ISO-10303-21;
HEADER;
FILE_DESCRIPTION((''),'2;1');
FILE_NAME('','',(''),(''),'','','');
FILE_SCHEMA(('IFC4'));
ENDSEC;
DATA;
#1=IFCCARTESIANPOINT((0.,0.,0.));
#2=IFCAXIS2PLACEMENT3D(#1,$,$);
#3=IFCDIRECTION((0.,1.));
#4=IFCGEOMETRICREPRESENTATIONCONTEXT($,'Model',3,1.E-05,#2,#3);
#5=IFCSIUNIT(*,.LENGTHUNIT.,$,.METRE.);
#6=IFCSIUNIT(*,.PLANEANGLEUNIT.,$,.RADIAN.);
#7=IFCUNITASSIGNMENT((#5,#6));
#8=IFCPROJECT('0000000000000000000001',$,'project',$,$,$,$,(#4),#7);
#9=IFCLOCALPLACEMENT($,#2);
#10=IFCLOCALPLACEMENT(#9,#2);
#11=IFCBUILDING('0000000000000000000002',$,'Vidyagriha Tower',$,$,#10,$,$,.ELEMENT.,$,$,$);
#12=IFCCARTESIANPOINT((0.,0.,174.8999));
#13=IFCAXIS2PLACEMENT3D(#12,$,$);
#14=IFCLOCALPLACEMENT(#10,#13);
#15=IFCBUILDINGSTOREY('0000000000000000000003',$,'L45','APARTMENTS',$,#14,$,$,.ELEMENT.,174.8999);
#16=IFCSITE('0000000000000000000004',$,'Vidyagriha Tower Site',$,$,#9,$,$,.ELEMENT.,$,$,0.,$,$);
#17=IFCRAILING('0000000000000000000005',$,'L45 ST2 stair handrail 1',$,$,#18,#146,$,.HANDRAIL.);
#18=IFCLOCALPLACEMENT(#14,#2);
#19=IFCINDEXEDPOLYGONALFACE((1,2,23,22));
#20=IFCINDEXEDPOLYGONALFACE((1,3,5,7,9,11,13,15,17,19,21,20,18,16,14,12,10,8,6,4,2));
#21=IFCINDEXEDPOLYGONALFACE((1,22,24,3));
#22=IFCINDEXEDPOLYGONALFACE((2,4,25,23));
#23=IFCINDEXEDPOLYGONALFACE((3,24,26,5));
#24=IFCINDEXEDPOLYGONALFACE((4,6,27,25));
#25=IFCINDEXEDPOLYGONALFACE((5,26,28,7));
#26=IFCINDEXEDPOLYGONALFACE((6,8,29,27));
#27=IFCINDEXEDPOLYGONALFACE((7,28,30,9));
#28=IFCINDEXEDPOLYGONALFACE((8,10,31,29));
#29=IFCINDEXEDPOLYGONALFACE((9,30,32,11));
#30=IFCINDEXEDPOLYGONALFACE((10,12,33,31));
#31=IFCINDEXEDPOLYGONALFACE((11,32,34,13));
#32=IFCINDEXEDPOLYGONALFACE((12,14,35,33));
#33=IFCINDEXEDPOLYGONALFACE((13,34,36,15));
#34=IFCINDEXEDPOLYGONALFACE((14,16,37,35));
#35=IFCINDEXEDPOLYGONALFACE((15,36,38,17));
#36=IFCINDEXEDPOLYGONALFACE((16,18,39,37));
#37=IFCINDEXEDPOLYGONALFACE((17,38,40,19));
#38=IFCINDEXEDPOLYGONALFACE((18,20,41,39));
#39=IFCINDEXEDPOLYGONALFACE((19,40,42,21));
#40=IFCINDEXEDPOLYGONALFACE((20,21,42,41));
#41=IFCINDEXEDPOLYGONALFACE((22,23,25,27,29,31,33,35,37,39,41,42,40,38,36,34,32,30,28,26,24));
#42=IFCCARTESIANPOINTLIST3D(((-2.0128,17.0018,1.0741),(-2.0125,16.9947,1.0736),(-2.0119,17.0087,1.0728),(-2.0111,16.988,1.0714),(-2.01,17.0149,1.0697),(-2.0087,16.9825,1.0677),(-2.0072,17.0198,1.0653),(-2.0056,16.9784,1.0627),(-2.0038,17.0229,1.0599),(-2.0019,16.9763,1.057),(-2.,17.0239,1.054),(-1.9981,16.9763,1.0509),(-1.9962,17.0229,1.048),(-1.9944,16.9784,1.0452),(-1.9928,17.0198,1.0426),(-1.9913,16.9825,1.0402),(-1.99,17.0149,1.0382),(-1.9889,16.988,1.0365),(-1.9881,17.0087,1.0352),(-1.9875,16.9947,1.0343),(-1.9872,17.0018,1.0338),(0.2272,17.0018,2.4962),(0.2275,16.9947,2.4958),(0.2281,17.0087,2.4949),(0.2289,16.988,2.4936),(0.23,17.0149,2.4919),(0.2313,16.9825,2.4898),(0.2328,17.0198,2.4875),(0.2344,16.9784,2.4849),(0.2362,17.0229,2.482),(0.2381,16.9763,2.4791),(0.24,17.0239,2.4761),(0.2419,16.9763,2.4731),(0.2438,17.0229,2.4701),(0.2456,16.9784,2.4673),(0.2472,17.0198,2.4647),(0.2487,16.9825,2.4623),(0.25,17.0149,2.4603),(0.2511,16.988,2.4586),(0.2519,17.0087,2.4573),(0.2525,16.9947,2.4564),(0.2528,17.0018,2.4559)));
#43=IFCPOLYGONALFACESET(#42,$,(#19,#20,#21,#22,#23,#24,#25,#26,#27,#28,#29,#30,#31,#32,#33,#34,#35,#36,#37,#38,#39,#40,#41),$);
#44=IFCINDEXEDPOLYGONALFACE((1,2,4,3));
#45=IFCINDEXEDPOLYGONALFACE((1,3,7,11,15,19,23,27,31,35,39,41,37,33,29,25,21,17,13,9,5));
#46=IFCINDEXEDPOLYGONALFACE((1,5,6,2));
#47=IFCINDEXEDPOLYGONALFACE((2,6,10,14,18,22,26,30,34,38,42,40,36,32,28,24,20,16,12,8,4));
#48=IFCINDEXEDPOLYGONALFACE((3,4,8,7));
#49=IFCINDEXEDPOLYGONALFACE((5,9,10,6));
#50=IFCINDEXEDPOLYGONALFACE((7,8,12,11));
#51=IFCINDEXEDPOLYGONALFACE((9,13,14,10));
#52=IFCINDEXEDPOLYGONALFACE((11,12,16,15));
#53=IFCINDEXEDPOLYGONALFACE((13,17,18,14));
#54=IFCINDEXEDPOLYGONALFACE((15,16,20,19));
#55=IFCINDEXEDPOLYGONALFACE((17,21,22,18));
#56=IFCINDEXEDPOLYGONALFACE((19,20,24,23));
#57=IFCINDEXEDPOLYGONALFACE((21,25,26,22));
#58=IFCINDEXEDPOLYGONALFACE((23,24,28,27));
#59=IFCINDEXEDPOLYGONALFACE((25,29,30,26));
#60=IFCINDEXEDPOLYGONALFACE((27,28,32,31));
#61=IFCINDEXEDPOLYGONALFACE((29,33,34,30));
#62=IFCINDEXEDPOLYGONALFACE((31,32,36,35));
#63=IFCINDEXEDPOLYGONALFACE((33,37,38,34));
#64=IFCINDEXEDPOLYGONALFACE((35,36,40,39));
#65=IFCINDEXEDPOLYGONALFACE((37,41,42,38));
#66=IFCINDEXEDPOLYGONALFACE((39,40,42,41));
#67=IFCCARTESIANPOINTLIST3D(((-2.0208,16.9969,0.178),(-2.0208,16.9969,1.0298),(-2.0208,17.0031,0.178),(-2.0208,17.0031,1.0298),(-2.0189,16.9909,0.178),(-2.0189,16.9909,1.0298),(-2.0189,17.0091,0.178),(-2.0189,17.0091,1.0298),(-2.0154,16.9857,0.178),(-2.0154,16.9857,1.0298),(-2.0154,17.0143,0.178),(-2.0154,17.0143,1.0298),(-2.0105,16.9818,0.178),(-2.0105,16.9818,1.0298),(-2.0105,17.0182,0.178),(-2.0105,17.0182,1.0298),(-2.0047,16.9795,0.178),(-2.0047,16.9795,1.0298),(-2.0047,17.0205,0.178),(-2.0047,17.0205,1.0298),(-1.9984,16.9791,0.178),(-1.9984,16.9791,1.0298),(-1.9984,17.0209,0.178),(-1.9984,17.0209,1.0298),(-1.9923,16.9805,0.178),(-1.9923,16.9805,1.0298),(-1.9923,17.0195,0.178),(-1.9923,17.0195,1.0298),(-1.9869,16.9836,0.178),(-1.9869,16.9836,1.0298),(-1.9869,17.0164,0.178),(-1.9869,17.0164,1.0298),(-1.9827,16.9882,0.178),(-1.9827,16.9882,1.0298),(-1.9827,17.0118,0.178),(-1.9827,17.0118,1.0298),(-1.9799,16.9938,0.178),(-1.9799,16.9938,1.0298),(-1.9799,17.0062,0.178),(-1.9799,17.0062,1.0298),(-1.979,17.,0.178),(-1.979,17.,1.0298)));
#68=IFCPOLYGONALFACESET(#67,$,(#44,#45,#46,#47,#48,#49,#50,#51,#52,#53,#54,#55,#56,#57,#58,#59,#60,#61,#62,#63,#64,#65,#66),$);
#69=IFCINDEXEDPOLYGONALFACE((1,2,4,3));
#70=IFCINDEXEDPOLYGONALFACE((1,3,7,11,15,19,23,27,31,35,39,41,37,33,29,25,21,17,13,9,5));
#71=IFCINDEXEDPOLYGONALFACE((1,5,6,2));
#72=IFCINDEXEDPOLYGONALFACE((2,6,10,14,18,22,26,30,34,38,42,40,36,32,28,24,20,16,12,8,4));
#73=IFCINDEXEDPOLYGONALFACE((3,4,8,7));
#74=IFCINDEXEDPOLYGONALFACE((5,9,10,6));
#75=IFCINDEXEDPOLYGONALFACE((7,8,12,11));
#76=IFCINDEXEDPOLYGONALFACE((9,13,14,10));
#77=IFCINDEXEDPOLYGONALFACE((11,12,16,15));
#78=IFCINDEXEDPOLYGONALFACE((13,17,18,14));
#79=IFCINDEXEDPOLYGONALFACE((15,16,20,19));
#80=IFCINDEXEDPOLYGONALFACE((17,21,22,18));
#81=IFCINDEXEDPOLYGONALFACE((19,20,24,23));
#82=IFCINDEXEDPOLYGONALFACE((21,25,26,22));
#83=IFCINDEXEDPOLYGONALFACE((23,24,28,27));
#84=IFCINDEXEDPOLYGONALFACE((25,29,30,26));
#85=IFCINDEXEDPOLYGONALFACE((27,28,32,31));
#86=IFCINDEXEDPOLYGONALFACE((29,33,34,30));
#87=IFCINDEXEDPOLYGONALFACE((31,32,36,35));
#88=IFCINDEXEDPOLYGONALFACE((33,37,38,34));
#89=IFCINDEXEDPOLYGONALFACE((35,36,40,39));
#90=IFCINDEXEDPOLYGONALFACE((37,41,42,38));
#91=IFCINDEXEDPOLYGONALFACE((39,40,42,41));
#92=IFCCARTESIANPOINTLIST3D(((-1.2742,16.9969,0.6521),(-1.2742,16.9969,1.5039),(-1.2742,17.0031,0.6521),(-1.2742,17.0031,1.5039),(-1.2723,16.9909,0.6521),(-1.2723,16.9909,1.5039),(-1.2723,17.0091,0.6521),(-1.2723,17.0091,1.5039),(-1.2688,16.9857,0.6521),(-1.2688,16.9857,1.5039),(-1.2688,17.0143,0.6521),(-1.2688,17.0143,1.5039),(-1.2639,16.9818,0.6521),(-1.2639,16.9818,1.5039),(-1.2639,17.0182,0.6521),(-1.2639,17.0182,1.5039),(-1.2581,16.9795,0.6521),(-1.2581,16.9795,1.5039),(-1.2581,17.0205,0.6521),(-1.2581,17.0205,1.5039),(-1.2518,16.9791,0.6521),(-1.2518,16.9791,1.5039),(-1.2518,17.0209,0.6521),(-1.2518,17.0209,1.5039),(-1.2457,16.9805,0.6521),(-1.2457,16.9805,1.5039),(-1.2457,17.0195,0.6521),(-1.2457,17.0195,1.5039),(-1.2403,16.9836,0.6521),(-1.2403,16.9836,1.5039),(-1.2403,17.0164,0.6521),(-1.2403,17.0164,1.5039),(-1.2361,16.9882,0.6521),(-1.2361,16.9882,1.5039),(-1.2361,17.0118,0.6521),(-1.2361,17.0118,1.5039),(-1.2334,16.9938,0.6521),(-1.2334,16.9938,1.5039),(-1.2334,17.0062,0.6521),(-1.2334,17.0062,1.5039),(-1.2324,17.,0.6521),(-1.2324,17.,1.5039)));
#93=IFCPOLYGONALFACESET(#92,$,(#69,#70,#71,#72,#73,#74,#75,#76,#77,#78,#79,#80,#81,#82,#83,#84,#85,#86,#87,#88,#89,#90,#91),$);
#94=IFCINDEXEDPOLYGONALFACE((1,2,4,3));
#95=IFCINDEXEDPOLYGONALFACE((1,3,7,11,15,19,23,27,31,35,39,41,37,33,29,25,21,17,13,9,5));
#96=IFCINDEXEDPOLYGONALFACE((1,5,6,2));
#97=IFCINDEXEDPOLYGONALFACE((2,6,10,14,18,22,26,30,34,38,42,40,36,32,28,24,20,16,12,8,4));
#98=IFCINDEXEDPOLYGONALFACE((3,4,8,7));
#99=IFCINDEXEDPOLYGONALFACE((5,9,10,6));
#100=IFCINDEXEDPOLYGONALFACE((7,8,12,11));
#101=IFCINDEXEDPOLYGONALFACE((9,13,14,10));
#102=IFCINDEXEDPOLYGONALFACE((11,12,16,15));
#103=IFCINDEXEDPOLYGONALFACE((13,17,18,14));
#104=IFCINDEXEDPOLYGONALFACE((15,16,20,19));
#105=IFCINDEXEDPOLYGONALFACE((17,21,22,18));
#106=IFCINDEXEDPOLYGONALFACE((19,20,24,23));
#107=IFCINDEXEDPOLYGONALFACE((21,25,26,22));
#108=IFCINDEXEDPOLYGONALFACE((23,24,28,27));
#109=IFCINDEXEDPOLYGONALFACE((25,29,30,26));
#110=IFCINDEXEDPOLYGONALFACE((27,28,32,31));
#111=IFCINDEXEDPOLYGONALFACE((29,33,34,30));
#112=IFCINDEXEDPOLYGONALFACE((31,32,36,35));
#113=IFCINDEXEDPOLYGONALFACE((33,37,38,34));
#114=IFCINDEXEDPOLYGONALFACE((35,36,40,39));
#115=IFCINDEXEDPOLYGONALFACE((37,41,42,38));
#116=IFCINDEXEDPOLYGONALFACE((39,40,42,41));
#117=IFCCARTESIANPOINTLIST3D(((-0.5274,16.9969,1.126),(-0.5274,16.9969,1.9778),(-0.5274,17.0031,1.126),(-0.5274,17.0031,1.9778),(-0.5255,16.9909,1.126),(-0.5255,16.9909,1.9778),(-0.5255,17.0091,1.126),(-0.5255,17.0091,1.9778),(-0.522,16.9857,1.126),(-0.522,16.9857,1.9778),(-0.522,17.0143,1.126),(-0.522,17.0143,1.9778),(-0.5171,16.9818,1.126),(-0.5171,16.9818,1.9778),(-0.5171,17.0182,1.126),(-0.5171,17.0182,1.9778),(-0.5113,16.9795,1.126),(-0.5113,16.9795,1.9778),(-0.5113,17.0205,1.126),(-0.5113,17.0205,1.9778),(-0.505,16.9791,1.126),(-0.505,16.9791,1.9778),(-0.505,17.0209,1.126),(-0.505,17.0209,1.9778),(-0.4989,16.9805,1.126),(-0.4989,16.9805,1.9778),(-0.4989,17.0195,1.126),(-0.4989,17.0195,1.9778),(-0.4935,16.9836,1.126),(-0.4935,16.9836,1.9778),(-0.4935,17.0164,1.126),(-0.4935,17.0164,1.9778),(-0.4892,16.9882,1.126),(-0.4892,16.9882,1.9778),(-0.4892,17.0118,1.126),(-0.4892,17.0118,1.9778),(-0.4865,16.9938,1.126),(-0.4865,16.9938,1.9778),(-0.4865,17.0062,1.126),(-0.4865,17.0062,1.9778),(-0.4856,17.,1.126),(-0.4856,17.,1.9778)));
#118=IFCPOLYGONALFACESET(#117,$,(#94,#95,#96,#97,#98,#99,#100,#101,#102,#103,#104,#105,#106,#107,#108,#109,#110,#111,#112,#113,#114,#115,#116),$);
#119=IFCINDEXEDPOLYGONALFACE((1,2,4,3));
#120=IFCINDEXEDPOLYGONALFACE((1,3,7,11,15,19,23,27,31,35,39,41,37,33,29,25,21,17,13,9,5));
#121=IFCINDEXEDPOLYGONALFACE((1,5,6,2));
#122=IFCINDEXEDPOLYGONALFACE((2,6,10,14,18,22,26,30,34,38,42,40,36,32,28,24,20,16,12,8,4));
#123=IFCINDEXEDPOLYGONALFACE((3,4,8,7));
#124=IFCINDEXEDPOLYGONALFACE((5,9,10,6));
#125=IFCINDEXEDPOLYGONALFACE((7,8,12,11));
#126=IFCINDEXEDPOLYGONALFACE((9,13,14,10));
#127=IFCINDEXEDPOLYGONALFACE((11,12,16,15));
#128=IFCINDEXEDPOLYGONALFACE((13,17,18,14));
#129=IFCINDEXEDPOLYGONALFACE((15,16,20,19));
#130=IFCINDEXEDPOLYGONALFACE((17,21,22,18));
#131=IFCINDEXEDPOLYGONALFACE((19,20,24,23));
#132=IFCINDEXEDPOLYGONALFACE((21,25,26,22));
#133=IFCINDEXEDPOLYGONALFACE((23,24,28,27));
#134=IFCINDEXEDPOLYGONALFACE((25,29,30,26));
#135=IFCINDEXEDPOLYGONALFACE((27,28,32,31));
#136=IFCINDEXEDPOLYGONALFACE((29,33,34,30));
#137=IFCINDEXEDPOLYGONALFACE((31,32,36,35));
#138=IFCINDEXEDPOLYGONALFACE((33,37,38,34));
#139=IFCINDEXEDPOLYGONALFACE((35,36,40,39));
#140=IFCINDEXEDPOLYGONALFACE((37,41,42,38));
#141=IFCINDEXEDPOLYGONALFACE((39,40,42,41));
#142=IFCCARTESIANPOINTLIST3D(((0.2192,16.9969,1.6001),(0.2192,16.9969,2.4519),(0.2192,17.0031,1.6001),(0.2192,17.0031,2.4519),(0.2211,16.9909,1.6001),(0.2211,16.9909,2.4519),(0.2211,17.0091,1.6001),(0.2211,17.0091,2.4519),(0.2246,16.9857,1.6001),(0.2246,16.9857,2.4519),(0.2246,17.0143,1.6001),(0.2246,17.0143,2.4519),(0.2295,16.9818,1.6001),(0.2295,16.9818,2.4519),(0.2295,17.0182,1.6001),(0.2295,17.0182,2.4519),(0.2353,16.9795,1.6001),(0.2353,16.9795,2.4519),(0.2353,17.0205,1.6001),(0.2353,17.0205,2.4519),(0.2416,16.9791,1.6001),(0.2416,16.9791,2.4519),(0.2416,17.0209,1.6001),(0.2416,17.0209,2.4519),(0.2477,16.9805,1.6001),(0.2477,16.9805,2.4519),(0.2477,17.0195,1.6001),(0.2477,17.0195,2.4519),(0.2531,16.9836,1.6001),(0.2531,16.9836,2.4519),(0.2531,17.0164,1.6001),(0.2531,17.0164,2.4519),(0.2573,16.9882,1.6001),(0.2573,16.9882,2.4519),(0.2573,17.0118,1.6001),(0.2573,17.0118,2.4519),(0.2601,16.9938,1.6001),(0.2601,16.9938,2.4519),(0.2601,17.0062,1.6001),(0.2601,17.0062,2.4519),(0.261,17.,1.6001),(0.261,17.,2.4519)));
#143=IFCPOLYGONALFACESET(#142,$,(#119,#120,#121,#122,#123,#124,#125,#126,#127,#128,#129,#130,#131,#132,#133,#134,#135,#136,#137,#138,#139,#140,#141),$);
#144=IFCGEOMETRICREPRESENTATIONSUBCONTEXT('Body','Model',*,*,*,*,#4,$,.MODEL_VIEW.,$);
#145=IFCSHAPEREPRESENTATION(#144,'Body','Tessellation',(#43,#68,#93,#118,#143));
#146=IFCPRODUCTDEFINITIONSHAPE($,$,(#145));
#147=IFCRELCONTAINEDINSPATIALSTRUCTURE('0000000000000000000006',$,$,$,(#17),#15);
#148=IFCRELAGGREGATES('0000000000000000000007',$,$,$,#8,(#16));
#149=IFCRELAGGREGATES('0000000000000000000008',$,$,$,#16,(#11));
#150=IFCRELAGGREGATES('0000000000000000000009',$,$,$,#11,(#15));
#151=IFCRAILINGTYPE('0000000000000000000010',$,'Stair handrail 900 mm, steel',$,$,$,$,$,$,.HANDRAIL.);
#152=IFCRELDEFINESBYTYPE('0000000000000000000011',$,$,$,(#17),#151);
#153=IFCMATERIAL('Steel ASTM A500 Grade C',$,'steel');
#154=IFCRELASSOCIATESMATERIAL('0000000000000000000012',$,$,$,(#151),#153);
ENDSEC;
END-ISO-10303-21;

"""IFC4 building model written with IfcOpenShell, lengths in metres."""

from ifc_helpers import new_model, si_unit, direction, frame, origin, origin_2d, place, context, subcontext, project, spatial, circle, extrude, material, type_object, element, save


model = new_model("IFC4")

# Units and contexts
model_context = context("Model", 3, precision=1e-05, world=origin(), true_north=direction((0.0, 1.0)))
body_context = subcontext(model_context, "Body", "Model", "MODEL_VIEW")
ifc_project = project(units=[si_unit("LENGTHUNIT", "METRE"), si_unit("PLANEANGLEUNIT", "RADIAN")], contexts=[model_context])

# Site, building, storey
site_placement = place(None, origin())
site = spatial("IfcSite", under=ifc_project, at=site_placement, Name="Vidyagriha Tower Site", CompositionType="ELEMENT", RefElevation=0.0)
building_placement = place(site_placement, origin())
building = spatial("IfcBuilding", under=site, at=building_placement, Name="Vidyagriha Tower", CompositionType="ELEMENT")
storey_placement = place(building_placement, frame((0.0, 0.0, 174.8999)))
storey = spatial("IfcBuildingStorey", under=building, at=storey_placement, Name="L45", Description="APARTMENTS", CompositionType="ELEMENT", Elevation=174.8999)

# Railing
ifc_material_1 = material(Name="Steel ASTM A500 Grade C", Category="steel")
railing_type_1 = type_object("IfcRailingType", Name="Stair handrail 900 mm, steel", PredefinedType="HANDRAIL", material=ifc_material_1)
railing_1_placement = place(storey_placement, frame((-2.0, 17.0, 0.178)))
element("IfcRailing", 1, at=railing_1_placement, inside=storey, type_object=railing_type_1, Name="L45 ST2 stair handrail 1", PredefinedType="HANDRAIL", context=body_context, shape_type="SweptSolid", body=[
    extrude(circle(Radius=0.0239, at=origin_2d()), frame((0.0, 0.0, 0.876), z_axis=(0.844229, 0.0, 0.535982), x_axis=(0.0, 1.0, 0.0)), (0.0, 0.0, 1.0), 2.6533),
    extrude(circle(Radius=0.021, at=origin_2d()), origin(), (0.0, 0.0, 1.0), 0.8518),
    extrude(circle(Radius=0.021, at=origin_2d()), frame((0.7466, 0.0, 0.4741)), (0.0, 0.0, 1.0), 0.8518),
    extrude(circle(Radius=0.021, at=origin_2d()), frame((1.4934, 0.0, 0.948)), (0.0, 0.0, 1.0), 0.8518),
    extrude(circle(Radius=0.021, at=origin_2d()), frame((2.24, 0.0, 1.4221)), (0.0, 0.0, 1.0), 0.8518),
])

save(model, "model.ifc")
